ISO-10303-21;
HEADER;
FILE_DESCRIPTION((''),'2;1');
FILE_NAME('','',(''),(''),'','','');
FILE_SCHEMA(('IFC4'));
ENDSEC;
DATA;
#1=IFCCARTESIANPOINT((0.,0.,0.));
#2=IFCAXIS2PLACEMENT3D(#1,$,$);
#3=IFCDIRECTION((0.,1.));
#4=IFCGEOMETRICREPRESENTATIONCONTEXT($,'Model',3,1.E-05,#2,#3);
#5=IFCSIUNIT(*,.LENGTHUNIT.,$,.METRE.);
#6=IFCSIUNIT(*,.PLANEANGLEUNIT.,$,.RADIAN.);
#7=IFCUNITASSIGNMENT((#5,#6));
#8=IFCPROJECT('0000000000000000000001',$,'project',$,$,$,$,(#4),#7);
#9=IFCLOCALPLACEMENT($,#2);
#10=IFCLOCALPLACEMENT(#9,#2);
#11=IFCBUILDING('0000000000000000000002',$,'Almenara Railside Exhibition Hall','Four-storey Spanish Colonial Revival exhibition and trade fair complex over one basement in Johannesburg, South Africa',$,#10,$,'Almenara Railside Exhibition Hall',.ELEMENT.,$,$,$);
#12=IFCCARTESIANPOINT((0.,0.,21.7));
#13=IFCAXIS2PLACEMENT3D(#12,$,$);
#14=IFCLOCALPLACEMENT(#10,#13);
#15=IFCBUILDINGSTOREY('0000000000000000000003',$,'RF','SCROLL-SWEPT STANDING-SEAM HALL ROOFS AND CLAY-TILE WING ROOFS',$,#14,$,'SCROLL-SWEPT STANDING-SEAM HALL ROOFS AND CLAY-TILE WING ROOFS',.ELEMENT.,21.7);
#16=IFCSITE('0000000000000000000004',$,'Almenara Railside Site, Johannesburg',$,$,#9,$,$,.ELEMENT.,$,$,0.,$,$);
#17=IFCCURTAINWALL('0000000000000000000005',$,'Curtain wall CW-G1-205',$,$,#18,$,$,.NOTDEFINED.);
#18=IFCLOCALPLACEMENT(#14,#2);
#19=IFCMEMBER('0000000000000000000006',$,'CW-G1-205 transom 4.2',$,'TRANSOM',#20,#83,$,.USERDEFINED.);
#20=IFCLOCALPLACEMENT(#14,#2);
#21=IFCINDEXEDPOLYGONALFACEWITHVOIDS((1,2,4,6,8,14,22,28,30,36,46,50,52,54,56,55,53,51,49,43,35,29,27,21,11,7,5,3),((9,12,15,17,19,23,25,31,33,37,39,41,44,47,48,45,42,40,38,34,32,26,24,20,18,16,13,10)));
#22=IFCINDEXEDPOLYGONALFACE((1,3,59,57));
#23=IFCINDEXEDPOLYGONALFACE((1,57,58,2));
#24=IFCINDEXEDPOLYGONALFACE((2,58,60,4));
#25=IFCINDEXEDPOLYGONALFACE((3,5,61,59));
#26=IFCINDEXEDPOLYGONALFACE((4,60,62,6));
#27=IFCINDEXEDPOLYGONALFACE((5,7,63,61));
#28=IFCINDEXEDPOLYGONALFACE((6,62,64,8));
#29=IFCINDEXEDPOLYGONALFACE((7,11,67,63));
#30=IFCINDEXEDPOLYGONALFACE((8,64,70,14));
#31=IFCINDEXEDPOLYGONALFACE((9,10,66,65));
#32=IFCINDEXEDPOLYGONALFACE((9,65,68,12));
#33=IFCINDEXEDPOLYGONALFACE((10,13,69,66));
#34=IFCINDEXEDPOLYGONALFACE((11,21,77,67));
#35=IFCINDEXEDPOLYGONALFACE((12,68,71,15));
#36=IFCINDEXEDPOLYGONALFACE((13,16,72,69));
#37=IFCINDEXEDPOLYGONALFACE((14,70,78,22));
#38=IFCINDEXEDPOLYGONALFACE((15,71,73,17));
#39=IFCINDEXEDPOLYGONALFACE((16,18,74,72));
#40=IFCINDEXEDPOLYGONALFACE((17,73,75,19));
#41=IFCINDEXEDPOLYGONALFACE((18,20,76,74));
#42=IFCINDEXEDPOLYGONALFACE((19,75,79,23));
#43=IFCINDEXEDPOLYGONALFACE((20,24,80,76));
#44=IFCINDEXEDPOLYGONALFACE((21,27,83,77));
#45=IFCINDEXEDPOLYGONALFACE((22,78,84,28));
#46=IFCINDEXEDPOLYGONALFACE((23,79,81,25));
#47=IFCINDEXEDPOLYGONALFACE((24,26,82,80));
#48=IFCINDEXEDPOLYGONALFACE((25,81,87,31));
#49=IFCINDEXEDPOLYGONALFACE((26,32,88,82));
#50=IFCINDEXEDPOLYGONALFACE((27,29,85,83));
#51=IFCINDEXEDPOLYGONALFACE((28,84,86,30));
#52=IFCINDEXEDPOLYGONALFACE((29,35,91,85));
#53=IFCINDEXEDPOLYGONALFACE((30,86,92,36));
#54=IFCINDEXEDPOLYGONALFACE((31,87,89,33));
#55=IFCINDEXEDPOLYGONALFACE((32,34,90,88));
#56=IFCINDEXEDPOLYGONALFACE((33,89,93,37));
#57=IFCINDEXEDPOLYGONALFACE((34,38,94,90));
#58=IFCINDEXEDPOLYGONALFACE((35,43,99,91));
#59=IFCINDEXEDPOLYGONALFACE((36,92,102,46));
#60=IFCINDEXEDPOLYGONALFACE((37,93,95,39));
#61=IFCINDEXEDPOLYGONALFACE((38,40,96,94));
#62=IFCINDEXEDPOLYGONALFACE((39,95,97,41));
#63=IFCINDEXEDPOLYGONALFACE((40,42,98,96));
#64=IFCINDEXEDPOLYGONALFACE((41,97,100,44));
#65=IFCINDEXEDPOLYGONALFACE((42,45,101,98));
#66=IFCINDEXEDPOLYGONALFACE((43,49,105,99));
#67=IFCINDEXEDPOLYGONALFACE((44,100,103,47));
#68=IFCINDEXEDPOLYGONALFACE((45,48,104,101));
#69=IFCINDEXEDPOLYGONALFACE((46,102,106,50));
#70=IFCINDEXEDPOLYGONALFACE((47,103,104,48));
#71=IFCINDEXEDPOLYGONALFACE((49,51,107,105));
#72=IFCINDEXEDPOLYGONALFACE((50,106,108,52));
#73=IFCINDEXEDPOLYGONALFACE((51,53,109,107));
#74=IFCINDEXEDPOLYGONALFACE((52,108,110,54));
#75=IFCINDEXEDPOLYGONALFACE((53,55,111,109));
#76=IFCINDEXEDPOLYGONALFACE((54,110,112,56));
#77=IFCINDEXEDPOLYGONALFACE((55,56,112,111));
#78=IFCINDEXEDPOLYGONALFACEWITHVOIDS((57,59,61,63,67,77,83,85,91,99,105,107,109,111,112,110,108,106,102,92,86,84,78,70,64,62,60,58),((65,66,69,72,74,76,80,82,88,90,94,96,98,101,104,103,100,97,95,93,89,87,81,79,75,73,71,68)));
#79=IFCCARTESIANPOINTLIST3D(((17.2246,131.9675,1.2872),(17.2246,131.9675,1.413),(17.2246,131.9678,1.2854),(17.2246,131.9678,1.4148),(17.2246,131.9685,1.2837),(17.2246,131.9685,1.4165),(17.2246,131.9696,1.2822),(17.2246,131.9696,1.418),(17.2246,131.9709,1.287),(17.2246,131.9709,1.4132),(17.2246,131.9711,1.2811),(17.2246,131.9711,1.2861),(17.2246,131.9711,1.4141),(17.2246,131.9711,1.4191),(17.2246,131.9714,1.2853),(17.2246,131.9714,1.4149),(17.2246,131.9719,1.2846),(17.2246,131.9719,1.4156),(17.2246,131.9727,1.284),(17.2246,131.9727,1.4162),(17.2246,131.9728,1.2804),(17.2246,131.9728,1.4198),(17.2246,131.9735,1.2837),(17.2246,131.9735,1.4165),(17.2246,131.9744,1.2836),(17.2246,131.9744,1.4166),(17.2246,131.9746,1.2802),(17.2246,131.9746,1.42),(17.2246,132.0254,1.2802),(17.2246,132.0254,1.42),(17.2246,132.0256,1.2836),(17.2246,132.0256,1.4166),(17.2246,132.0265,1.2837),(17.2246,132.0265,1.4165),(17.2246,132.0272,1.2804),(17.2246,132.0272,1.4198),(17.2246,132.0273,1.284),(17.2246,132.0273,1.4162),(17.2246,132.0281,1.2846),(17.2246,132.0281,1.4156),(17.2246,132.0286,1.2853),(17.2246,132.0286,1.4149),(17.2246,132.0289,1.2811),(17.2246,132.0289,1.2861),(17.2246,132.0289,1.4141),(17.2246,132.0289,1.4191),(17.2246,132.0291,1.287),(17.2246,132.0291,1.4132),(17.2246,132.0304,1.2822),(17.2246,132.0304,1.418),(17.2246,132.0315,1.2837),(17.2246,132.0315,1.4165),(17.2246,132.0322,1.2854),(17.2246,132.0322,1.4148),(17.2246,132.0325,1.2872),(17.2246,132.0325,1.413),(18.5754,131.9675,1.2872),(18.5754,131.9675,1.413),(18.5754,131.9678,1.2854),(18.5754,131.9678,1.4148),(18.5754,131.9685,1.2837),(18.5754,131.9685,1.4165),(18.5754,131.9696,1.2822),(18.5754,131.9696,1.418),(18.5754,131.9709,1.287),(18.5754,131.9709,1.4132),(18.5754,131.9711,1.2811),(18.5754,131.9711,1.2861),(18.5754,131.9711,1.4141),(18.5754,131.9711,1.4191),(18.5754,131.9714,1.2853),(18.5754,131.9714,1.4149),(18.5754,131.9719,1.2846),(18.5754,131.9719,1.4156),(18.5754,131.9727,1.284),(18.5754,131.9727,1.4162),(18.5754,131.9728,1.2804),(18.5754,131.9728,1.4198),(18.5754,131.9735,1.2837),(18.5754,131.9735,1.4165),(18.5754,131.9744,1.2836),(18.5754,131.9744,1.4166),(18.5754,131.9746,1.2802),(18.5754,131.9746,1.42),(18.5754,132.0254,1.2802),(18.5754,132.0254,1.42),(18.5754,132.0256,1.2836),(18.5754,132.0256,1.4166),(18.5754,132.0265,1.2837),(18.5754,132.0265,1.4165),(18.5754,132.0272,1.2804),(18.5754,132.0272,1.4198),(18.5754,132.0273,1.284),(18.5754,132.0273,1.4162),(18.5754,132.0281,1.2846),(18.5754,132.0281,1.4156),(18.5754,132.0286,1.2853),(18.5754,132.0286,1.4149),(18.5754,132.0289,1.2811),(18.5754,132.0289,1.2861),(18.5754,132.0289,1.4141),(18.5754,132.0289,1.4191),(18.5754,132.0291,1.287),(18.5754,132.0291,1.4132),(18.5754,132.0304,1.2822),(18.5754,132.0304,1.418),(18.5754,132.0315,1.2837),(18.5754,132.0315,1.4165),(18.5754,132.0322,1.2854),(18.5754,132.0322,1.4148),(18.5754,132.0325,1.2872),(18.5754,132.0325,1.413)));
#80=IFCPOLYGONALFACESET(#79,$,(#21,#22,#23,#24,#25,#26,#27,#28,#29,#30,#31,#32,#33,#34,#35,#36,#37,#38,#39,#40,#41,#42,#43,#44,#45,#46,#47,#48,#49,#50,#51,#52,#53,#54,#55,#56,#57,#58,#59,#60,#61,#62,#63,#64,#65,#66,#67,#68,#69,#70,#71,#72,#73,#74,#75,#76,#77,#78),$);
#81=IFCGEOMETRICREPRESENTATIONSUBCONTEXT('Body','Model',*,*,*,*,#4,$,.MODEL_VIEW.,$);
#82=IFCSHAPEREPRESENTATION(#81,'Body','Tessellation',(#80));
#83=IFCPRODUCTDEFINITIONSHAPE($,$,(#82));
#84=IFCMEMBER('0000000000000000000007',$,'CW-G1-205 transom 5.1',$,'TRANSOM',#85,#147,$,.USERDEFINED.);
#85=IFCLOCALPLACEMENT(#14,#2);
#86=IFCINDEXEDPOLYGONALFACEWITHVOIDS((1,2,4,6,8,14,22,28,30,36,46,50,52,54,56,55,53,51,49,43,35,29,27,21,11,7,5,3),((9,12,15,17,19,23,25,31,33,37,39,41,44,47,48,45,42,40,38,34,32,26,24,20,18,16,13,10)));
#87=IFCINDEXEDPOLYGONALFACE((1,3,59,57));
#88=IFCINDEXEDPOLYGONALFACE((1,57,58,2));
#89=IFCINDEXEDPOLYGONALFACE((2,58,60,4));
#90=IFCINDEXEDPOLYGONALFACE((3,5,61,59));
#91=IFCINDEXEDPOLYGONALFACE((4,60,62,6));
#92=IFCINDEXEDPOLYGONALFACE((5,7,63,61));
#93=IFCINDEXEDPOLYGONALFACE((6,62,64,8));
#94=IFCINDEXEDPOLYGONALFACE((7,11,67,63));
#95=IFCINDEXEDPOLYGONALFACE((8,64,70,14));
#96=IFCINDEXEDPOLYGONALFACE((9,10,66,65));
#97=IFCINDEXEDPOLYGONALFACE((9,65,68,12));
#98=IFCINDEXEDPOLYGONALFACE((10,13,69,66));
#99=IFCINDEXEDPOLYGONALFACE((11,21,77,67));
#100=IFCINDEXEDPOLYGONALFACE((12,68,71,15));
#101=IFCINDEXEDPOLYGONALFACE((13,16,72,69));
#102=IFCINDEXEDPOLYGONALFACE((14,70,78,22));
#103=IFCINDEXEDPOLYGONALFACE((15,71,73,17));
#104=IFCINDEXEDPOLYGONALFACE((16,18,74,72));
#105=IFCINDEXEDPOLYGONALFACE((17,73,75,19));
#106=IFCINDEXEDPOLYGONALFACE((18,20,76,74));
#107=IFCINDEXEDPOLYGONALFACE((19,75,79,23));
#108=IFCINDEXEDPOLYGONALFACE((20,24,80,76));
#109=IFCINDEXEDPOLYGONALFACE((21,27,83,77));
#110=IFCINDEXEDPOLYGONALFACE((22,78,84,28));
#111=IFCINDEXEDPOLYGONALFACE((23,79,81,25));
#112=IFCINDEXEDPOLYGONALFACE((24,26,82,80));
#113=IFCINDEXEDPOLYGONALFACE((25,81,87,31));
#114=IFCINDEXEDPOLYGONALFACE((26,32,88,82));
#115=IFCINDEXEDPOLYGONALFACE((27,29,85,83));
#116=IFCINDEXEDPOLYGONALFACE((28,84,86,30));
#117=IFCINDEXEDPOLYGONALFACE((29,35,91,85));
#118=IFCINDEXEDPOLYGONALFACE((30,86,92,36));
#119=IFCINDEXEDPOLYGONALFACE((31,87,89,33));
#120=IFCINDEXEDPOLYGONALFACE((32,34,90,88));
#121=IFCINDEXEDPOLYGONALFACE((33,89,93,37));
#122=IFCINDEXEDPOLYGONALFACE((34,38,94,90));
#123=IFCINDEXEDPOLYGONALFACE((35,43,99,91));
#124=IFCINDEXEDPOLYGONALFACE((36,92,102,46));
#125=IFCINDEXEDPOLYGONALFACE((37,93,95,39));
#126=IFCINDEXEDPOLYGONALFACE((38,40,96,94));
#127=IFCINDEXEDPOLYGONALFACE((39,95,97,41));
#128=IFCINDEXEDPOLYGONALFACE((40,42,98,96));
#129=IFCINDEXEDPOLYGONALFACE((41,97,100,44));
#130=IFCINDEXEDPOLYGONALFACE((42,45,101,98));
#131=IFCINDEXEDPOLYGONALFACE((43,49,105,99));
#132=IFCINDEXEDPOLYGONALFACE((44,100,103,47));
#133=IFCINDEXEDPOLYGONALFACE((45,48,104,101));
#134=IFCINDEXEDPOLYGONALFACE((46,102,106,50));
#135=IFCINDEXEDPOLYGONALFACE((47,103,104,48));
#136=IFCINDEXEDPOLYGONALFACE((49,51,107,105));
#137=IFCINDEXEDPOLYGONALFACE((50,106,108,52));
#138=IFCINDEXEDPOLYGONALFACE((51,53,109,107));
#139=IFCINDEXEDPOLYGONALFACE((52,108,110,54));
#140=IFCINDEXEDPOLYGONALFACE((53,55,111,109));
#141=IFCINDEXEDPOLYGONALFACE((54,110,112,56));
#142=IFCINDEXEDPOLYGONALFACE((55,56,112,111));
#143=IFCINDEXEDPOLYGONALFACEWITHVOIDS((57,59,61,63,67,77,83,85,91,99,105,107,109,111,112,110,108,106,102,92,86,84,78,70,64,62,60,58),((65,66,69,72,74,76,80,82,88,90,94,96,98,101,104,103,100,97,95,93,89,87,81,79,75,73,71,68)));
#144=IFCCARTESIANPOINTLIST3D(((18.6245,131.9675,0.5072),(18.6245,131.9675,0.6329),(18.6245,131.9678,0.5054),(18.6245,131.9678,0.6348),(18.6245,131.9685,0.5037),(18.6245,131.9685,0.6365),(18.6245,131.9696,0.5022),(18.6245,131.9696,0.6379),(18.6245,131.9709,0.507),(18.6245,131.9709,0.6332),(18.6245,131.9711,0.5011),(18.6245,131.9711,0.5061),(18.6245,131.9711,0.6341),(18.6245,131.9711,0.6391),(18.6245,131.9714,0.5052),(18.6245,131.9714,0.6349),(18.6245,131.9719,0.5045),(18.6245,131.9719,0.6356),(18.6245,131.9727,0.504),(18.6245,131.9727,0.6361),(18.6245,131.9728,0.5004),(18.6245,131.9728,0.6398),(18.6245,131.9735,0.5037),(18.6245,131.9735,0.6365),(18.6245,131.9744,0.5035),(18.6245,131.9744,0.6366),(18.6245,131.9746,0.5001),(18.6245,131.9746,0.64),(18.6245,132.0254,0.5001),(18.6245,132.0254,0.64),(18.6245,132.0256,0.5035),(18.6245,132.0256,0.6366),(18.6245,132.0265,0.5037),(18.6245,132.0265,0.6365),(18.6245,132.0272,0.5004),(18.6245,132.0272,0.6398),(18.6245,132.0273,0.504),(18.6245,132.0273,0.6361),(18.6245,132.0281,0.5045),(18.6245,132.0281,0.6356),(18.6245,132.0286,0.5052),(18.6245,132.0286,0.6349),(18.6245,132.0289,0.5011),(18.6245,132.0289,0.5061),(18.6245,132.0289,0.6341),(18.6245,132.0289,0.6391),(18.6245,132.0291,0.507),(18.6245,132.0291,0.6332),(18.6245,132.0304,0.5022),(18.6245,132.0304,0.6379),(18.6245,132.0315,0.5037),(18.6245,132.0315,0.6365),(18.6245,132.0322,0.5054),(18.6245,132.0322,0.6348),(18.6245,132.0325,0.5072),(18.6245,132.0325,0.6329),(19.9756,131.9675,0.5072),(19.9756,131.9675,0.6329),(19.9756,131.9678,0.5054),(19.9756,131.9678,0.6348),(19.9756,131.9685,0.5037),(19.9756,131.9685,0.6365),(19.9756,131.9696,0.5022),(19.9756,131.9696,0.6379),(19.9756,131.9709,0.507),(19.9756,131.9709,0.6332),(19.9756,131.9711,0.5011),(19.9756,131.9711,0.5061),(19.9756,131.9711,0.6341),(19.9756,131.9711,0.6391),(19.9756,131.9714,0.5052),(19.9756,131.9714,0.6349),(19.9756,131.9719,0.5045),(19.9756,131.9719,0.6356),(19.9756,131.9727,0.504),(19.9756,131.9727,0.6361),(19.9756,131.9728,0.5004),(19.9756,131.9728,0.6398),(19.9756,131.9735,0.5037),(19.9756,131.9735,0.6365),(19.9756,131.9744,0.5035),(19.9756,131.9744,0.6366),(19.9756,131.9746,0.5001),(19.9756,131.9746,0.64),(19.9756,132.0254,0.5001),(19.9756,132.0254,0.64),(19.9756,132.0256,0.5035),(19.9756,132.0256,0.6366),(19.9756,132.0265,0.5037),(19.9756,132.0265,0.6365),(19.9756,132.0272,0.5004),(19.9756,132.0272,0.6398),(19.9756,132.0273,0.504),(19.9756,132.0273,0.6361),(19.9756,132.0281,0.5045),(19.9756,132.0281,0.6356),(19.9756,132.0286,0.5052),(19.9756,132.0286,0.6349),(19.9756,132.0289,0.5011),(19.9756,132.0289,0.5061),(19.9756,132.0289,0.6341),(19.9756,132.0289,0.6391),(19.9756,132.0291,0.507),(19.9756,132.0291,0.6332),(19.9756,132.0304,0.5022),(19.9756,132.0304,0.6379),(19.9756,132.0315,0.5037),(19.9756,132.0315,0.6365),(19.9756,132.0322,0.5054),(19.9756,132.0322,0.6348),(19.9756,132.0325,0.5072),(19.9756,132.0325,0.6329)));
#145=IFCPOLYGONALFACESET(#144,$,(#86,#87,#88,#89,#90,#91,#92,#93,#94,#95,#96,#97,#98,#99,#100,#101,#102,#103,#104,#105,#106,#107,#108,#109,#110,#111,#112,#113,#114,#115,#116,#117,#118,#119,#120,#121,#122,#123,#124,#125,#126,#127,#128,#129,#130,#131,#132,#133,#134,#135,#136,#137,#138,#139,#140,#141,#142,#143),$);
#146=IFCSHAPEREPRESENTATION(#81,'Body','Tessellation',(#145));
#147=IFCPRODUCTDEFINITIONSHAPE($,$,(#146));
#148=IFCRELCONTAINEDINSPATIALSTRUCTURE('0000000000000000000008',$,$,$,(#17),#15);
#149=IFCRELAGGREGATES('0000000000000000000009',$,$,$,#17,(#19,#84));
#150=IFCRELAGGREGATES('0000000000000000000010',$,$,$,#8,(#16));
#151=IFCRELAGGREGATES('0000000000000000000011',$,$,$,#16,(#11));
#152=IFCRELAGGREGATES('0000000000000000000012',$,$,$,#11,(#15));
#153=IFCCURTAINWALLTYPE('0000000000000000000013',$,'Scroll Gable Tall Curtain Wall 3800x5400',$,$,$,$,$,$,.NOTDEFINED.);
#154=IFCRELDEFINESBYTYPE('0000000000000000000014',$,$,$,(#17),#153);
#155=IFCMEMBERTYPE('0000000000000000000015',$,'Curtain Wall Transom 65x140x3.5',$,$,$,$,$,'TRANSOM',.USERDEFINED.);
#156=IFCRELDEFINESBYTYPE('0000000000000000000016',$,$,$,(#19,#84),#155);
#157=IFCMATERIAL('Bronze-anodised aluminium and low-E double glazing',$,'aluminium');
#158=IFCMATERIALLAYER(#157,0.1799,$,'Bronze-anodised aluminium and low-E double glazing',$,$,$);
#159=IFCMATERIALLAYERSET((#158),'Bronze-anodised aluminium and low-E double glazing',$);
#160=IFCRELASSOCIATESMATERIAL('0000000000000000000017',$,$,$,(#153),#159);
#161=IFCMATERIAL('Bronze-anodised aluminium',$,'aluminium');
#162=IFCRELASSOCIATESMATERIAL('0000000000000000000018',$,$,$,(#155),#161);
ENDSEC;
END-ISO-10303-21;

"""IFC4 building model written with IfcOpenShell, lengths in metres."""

from ifc_helpers import new_model, si_unit, direction, frame, origin, origin_2d, place, context, subcontext, project, spatial, hollow_rectangle, extrude, material, layer, layer_set, material_profile, profile_set, type_object, element, aggregate, save


model = new_model("IFC4")

# Units and contexts
model_context = context("Model", 3, precision=1e-05, world=origin(), true_north=direction((0.0, 1.0)))
body_context = subcontext(model_context, "Body", "Model", "MODEL_VIEW")
ifc_project = project(units=[si_unit("LENGTHUNIT", "METRE"), si_unit("PLANEANGLEUNIT", "RADIAN")], contexts=[model_context])

# Site, building, storey
site_placement = place(None, origin())
site = spatial("IfcSite", under=ifc_project, at=site_placement, Name="Almenara Railside Site, Johannesburg", CompositionType="ELEMENT", RefElevation=0.0)
building_placement = place(site_placement, origin())
building = spatial("IfcBuilding", under=site, at=building_placement, Name="Almenara Railside Exhibition Hall", Description="Four-storey Spanish Colonial Revival exhibition and trade fair complex over one basement in Johannesburg, South Africa", LongName="Almenara Railside Exhibition Hall", CompositionType="ELEMENT")
storey_placement = place(building_placement, frame((0.0, 0.0, 21.7)))
storey = spatial("IfcBuildingStorey", under=building, at=storey_placement, Name="RF", Description="SCROLL-SWEPT STANDING-SEAM HALL ROOFS AND CLAY-TILE WING ROOFS", LongName="SCROLL-SWEPT STANDING-SEAM HALL ROOFS AND CLAY-TILE WING ROOFS", CompositionType="ELEMENT", Elevation=21.7)

# Curtain wall
ifc_material_1 = material(Name="Bronze-anodised aluminium and low-E double glazing", Category="aluminium")
ifc_material_2 = material(Name="Bronze-anodised aluminium", Category="aluminium")
ifc_layer_1 = layer(ifc_material_1, 0.1799, Name="Bronze-anodised aluminium and low-E double glazing")
ifc_layer_set_1 = layer_set([ifc_layer_1], Name="Bronze-anodised aluminium and low-E double glazing")
curtain_wall_type_1 = type_object("IfcCurtainWallType", Name="Scroll Gable Tall Curtain Wall 3800x5400", PredefinedType="NOTDEFINED", material=ifc_layer_set_1)
curtain_wall_1_placement = place(storey_placement, origin())
curtain_wall_1 = element("IfcCurtainWall", 1, at=curtain_wall_1_placement, inside=storey, type_object=curtain_wall_type_1, Name="Curtain wall CW-G1-205", PredefinedType="NOTDEFINED")

# Members
ifc_material_profile_1 = material_profile(ifc_material_2, hollow_rectangle(XDim=0.0649, YDim=0.1399, WallThickness=0.0034, InnerFilletRadius=0.0034, OuterFilletRadius=0.0071, at=origin_2d()), Name="ALU-TRN 65x140x3.5")
ifc_profile_set_1 = profile_set([ifc_material_profile_1], Name="Bronze-anodised aluminium")
member_type_1 = type_object("IfcMemberType", Name="Curtain Wall Transom 65x140x3.5", ElementType="TRANSOM", PredefinedType="USERDEFINED", material=ifc_profile_set_1)
member_1_placement = place(storey_placement, frame((17.2246, 132.0, 1.3501), z_axis=(1.0, 0.0, 0.0), x_axis=(0.0, 1.0, 0.0)))
member_1 = element("IfcMember", 2, at=member_1_placement, type_object=member_type_1, Name="CW-G1-205 transom 4.2", ObjectType="TRANSOM", PredefinedType="USERDEFINED", context=body_context, shape_type="SweptSolid", body=[
    extrude(hollow_rectangle(XDim=0.0649, YDim=0.1399, WallThickness=0.0034, InnerFilletRadius=0.0034, OuterFilletRadius=0.0071, at=origin_2d()), origin(), (0.0, 0.0, 1.0), 1.3508),
])
member_2_placement = place(storey_placement, frame((18.6245, 132.0, 0.5701), z_axis=(1.0, 0.0, 0.0), x_axis=(0.0, 1.0, 0.0)))
member_2 = element("IfcMember", 3, at=member_2_placement, type_object=member_type_1, Name="CW-G1-205 transom 5.1", ObjectType="TRANSOM", PredefinedType="USERDEFINED", context=body_context, shape_type="SweptSolid", body=[
    extrude(hollow_rectangle(XDim=0.0649, YDim=0.1399, WallThickness=0.0034, InnerFilletRadius=0.0034, OuterFilletRadius=0.0071, at=origin_2d()), origin(), (0.0, 0.0, 1.0), 1.3511),
])

aggregate(curtain_wall_1, [member_1, member_2])

save(model, "model.ifc")
